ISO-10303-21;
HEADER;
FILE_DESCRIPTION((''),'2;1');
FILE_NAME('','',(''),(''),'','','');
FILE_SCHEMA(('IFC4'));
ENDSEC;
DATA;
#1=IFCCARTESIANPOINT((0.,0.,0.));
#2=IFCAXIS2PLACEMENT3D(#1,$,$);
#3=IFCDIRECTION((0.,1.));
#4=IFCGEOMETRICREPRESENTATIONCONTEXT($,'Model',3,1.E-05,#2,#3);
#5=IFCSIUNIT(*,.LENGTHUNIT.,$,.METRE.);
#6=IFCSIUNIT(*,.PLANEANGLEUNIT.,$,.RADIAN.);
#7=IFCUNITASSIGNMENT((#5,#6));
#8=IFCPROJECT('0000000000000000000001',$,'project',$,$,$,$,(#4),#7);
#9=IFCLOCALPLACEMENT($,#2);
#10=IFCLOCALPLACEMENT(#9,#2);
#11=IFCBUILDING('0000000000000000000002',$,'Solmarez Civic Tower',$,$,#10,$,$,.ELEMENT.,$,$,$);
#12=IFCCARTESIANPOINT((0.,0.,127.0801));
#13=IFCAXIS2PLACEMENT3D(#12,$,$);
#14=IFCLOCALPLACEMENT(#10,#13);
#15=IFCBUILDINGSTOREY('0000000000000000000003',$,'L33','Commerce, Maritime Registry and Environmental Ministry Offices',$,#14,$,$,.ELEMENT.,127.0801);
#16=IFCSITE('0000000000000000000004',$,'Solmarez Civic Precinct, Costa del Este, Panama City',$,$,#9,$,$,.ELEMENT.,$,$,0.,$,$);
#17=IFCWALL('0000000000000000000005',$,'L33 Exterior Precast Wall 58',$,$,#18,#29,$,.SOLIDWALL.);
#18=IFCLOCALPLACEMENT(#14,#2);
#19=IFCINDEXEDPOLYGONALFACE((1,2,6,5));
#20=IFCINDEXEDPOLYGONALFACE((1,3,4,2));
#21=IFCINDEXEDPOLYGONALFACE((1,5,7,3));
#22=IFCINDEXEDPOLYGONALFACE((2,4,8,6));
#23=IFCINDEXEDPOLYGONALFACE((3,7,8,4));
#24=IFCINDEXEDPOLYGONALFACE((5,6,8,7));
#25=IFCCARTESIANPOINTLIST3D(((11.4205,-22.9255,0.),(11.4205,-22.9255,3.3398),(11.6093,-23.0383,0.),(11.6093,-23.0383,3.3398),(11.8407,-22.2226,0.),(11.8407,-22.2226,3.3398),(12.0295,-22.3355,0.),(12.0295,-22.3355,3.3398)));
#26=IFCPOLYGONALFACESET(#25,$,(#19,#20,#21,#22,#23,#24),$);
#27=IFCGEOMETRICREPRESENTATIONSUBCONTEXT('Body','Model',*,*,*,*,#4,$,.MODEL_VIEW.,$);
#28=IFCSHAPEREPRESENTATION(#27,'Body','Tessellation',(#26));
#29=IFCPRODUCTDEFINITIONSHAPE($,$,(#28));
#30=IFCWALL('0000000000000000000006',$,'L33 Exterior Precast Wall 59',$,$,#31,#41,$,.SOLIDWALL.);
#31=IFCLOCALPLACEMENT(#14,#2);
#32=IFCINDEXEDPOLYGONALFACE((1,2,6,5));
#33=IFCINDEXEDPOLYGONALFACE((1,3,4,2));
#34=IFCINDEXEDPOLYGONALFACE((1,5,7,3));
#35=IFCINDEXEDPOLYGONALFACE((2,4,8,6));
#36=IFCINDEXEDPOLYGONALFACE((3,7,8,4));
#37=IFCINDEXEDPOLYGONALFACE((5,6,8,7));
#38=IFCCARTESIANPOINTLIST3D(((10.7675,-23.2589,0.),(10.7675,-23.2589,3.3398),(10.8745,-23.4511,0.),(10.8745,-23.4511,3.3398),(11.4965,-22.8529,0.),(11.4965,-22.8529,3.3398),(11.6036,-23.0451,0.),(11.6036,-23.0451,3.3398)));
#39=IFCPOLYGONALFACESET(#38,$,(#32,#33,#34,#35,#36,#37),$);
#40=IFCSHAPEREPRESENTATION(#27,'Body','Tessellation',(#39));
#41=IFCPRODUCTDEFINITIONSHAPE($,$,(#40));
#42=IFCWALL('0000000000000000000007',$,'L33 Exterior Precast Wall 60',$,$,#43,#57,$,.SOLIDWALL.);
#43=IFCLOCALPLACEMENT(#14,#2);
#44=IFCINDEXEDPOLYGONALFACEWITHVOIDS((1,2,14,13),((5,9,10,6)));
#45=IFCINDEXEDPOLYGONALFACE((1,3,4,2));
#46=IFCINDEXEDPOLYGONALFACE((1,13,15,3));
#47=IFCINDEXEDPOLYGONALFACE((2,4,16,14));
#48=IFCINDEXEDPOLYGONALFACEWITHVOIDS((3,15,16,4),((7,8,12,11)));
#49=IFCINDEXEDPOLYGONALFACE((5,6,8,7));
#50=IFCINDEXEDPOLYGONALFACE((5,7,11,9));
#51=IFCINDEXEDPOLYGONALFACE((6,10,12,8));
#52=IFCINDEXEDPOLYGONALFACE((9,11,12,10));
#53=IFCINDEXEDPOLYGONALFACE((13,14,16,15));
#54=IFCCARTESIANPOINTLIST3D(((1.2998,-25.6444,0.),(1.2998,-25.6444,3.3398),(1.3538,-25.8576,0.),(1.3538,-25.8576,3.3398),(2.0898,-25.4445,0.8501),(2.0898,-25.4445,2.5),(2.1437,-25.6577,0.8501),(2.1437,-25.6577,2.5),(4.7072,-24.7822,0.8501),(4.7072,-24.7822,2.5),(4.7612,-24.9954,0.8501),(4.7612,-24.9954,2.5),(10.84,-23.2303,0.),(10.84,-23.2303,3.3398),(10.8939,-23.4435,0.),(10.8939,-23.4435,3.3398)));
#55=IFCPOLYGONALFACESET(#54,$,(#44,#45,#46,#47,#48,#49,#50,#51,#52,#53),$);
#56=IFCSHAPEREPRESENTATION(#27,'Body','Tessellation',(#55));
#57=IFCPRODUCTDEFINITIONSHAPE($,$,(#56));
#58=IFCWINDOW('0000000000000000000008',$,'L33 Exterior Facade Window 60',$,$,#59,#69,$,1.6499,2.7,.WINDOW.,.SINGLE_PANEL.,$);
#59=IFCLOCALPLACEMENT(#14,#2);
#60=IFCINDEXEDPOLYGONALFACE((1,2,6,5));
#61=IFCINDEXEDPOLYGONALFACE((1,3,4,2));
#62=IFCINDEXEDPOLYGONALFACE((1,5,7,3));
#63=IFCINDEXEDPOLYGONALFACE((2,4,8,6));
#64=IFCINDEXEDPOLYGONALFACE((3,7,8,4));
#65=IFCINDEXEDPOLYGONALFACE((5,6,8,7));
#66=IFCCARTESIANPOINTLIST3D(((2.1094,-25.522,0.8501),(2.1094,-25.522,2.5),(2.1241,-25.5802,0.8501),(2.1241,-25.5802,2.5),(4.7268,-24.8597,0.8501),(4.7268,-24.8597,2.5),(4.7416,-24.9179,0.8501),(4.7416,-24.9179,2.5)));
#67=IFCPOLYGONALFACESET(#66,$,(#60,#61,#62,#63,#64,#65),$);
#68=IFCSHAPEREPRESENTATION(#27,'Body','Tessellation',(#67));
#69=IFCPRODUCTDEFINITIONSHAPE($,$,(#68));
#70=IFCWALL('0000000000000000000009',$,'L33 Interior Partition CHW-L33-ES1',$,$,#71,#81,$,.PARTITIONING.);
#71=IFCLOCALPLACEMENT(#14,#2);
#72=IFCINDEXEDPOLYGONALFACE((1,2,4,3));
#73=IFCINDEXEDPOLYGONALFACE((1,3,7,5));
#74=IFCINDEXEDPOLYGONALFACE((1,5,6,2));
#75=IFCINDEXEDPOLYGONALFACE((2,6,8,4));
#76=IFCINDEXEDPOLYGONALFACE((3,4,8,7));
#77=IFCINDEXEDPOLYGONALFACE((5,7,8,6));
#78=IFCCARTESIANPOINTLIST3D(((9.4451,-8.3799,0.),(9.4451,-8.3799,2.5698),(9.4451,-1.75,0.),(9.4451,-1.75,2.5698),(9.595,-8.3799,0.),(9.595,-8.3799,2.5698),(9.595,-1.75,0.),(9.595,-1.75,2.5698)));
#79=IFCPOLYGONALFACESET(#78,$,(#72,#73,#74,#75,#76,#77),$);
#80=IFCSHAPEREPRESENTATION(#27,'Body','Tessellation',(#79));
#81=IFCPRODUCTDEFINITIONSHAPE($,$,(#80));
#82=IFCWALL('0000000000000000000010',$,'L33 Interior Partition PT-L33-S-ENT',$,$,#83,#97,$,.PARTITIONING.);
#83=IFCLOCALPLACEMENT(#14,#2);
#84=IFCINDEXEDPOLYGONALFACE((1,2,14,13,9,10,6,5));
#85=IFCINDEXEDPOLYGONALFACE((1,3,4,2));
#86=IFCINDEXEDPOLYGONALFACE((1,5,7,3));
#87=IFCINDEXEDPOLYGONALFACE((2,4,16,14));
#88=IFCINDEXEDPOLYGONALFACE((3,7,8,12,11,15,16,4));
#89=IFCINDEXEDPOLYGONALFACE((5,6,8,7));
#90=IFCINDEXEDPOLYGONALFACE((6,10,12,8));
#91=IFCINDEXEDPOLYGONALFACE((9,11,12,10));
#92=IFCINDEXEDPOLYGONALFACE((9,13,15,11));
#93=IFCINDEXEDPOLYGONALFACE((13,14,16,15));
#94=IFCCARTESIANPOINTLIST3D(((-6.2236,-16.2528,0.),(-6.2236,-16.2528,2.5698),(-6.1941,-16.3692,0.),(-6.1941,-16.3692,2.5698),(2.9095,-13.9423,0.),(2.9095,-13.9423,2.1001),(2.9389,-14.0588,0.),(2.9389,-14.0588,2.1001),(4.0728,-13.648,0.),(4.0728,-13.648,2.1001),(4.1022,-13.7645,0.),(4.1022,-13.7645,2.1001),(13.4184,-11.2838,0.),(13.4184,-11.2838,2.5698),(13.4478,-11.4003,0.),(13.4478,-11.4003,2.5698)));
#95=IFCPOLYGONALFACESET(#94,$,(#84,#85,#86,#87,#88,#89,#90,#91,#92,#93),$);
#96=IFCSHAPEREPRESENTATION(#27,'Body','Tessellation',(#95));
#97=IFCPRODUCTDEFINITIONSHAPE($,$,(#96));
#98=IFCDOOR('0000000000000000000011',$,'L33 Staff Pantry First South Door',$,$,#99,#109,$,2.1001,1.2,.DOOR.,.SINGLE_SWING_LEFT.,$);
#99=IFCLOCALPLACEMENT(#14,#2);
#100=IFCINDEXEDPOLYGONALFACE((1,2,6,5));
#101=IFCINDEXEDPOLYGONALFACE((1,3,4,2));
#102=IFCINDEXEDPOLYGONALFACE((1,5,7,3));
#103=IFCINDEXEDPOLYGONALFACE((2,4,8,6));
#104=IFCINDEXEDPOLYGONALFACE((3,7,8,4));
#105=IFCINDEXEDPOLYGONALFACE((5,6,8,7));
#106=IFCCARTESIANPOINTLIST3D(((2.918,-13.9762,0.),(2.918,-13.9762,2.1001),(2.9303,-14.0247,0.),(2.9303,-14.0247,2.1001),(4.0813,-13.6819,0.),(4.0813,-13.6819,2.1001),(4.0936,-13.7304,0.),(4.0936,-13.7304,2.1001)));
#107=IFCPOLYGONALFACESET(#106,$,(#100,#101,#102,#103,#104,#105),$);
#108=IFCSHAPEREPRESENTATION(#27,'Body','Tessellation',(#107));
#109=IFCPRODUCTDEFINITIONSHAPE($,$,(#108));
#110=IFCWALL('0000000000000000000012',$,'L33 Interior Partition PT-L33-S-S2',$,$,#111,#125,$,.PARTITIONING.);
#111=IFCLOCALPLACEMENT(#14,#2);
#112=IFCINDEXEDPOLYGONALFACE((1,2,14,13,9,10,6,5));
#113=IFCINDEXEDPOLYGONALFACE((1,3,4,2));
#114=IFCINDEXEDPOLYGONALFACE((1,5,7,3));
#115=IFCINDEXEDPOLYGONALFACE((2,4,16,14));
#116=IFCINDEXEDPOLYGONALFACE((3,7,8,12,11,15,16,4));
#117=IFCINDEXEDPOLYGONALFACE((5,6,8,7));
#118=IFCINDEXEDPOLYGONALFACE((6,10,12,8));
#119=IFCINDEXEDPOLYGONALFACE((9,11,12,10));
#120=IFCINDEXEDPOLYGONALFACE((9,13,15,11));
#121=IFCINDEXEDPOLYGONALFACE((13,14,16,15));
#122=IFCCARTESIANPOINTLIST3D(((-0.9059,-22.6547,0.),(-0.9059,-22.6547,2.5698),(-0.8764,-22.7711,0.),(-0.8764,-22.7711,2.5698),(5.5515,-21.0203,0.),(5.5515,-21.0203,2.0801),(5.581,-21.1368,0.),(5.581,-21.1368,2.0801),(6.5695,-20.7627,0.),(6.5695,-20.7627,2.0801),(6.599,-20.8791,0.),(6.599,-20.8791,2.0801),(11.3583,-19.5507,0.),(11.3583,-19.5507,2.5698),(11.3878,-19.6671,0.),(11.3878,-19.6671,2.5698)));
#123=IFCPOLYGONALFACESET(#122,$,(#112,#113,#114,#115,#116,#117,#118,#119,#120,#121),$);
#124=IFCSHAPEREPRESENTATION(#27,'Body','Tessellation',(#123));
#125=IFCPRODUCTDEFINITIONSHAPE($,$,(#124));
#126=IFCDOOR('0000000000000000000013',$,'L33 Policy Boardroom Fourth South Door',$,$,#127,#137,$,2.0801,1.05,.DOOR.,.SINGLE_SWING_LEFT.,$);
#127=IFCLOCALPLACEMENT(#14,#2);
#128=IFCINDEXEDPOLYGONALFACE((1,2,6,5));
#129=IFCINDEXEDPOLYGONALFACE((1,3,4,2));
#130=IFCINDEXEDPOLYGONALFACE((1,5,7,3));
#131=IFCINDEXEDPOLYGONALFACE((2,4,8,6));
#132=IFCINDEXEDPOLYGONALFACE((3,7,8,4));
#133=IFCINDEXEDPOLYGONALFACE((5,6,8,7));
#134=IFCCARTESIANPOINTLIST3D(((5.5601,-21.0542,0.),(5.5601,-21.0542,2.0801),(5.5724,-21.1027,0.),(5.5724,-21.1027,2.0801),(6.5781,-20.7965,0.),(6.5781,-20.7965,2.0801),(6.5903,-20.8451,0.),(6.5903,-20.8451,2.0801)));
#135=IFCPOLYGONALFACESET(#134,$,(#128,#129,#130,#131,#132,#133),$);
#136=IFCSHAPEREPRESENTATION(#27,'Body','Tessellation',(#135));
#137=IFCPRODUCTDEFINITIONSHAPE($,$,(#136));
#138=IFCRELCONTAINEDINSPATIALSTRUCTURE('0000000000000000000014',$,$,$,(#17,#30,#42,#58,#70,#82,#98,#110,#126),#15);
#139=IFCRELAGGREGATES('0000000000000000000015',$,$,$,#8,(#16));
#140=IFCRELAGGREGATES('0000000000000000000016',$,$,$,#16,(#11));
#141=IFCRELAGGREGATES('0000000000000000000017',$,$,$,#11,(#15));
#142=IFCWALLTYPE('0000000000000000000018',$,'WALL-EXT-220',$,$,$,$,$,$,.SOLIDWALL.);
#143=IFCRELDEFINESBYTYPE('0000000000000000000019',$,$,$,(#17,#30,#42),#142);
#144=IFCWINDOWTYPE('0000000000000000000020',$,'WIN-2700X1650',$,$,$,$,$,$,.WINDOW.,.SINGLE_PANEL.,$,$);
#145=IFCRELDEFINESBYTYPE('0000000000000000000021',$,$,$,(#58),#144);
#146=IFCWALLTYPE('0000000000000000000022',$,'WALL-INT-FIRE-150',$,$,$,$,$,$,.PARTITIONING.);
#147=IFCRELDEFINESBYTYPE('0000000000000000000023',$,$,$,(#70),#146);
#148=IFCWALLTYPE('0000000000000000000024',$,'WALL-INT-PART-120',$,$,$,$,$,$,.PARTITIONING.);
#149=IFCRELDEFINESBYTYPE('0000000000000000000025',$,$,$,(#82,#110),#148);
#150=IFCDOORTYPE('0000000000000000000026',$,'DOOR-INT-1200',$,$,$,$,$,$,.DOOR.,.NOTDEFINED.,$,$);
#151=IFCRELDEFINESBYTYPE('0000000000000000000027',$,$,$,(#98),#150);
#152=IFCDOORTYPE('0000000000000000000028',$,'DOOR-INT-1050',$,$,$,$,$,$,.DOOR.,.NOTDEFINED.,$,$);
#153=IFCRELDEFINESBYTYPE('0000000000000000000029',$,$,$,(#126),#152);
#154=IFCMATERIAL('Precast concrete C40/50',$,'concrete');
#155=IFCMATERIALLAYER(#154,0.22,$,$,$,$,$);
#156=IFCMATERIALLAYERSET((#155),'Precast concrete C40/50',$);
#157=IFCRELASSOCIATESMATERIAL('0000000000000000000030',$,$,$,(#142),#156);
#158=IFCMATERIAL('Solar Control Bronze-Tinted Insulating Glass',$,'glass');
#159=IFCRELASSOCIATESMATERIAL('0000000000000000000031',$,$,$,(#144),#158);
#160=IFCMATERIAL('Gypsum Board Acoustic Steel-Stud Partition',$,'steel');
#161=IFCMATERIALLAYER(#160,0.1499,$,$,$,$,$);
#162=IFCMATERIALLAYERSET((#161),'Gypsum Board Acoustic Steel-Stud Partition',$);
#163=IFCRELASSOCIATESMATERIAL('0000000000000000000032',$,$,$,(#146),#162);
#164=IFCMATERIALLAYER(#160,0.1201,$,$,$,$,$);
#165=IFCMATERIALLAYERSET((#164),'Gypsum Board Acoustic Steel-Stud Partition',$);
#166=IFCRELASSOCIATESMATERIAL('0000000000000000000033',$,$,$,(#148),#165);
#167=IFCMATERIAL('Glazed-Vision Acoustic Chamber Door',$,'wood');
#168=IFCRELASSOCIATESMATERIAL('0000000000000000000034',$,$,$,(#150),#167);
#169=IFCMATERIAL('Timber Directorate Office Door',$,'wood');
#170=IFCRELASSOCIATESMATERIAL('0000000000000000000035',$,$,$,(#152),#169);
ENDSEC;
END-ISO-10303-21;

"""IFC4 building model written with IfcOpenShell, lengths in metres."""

from ifc_helpers import new_model, si_unit, direction, frame, frame_2d, origin, place, context, subcontext, project, spatial, rectangle, extrude, material, layer, layer_set, type_object, element, fill, save


model = new_model("IFC4")

# Units and contexts
model_context = context("Model", 3, precision=1e-05, world=origin(), true_north=direction((0.0, 1.0)))
body_context = subcontext(model_context, "Body", "Model", "MODEL_VIEW")
ifc_project = project(units=[si_unit("LENGTHUNIT", "METRE"), si_unit("PLANEANGLEUNIT", "RADIAN")], contexts=[model_context])

# Site, building, storey
site_placement = place(None, origin())
site = spatial("IfcSite", under=ifc_project, at=site_placement, Name="Solmarez Civic Precinct, Costa del Este, Panama City", CompositionType="ELEMENT", RefElevation=0.0)
building_placement = place(site_placement, origin())
building = spatial("IfcBuilding", under=site, at=building_placement, Name="Solmarez Civic Tower", CompositionType="ELEMENT")
storey_placement = place(building_placement, frame((0.0, 0.0, 127.0801)))
storey = spatial("IfcBuildingStorey", under=building, at=storey_placement, Name="L33", Description="Commerce, Maritime Registry and Environmental Ministry Offices", CompositionType="ELEMENT", Elevation=127.0801)

# Shared definitions
ifc_material_1 = material(Name="Precast concrete C40/50", Category="concrete")
ifc_layer_1 = layer(ifc_material_1, 0.22)
ifc_layer_set_1 = layer_set([ifc_layer_1], Name="Precast concrete C40/50")
wall_type_1 = type_object("IfcWallType", Name="WALL-EXT-220", PredefinedType="SOLIDWALL", material=ifc_layer_set_1)

# Shared definitions
ifc_material_2 = material(Name="Solar Control Bronze-Tinted Insulating Glass", Category="glass")

# Walls
wall_1_placement = place(storey_placement, frame((11.9351, -22.2791, 0.0), z_axis=(0.0, 0.0, 1.0), x_axis=(-0.513092, -0.858334, 0.0)))
element("IfcWall", 1, at=wall_1_placement, inside=storey, type_object=wall_type_1, Name="L33 Exterior Precast Wall 58", PredefinedType="SOLIDWALL", context=body_context, shape_type="SweptSolid", body=[
    extrude(rectangle(XDim=0.8188, YDim=0.22, at=frame_2d((0.4094, 0.0))), origin(), (0.0, 0.0, 1.0), 3.3398),
])
wall_2_placement = place(storey_placement, frame((11.55, -22.949, 0.0), z_axis=(0.0, 0.0, 1.0), x_axis=(-0.873646, -0.486562, 0.0)))
element("IfcWall", 2, at=wall_2_placement, inside=storey, type_object=wall_type_1, Name="L33 Exterior Precast Wall 59", PredefinedType="SOLIDWALL", context=body_context, shape_type="SweptSolid", body=[
    extrude(rectangle(XDim=0.8345, YDim=0.22, at=frame_2d((0.4172, 0.0))), origin(), (0.0, 0.0, 1.0), 3.3398),
])

# Wall, opening, window
wall_3_placement = place(storey_placement, frame((10.8669, -23.3369, 0.0), z_axis=(0.0, 0.0, 1.0), x_axis=(-0.969444, -0.245313, 0.0)))
wall_3 = element("IfcWall", 3, at=wall_3_placement, inside=storey, type_object=wall_type_1, Name="L33 Exterior Precast Wall 60", PredefinedType="SOLIDWALL", context=body_context, shape_type="SweptSolid", body=[
    extrude(rectangle(XDim=9.8408, YDim=0.22, at=frame_2d((4.9204, 0.0))), origin(), (0.0, 0.0, 1.0), 3.3398),
])
opening_1_placement = place(wall_3_placement, frame((6.3259, 0.0, 0.8501)))
opening_1 = element("IfcOpeningElement", 4, at=opening_1_placement, cuts=wall_3, PredefinedType="OPENING", context=body_context, shape_type="SweptSolid", body=[
    extrude(rectangle(XDim=2.7, YDim=1.6499, at=frame_2d((1.3501, 0.825))), frame((0.0, 0.1199, 0.0), z_axis=(0.0, -1.0, 0.0), x_axis=(1.0, 0.0, 0.0)), (0.0, 0.0, 1.0), 0.24),
])
window_type_1 = type_object("IfcWindowType", Name="WIN-2700X1650", PartitioningType="SINGLE_PANEL", PredefinedType="WINDOW", material=ifc_material_2)
window_1_placement = place(opening_1_placement, origin())
window_1 = element("IfcWindow", 5, at=window_1_placement, inside=storey, type_object=window_type_1, Name="L33 Exterior Facade Window 60", OverallHeight=1.6499, OverallWidth=2.7, PartitioningType="SINGLE_PANEL", PredefinedType="WINDOW", context=body_context, shape_type="SweptSolid", body=[
    extrude(rectangle(XDim=2.7, YDim=1.6499, at=frame_2d((1.3501, 0.825))), frame((0.0, 0.03, 0.0), z_axis=(0.0, -1.0, 0.0), x_axis=(1.0, 0.0, 0.0)), (0.0, 0.0, 1.0), 0.0601),
])
fill(opening_1, window_1)

# Wall
ifc_material_3 = material(Name="Gypsum Board Acoustic Steel-Stud Partition", Category="steel")
ifc_layer_2 = layer(ifc_material_3, 0.1499)
ifc_layer_set_2 = layer_set([ifc_layer_2], Name="Gypsum Board Acoustic Steel-Stud Partition")
wall_type_2 = type_object("IfcWallType", Name="WALL-INT-FIRE-150", PredefinedType="PARTITIONING", material=ifc_layer_set_2)
wall_4_placement = place(storey_placement, frame((9.52, -8.3799, 0.0), z_axis=(0.0, 0.0, 1.0), x_axis=(0.0, 1.0, 0.0)))
element("IfcWall", 6, at=wall_4_placement, inside=storey, type_object=wall_type_2, Name="L33 Interior Partition CHW-L33-ES1", PredefinedType="PARTITIONING", context=body_context, shape_type="SweptSolid", body=[
    extrude(rectangle(XDim=6.6299, YDim=0.1499, at=frame_2d((3.3149, 0.0))), origin(), (0.0, 0.0, 1.0), 2.5698),
])

# Walls, openings, doors
ifc_layer_3 = layer(ifc_material_3, 0.1201)
ifc_layer_set_3 = layer_set([ifc_layer_3], Name="Gypsum Board Acoustic Steel-Stud Partition")
wall_type_3 = type_object("IfcWallType", Name="WALL-INT-PART-120", PredefinedType="PARTITIONING", material=ifc_layer_set_3)
wall_5_placement = place(storey_placement, frame((13.4331, -11.342, 0.0), z_axis=(0.0, 0.0, 1.0), x_axis=(-0.96946, -0.245251, 0.0)))
wall_5 = element("IfcWall", 7, at=wall_5_placement, inside=storey, type_object=wall_type_3, Name="L33 Interior Partition PT-L33-S-ENT", PredefinedType="PARTITIONING", context=body_context, shape_type="SweptSolid", body=[
    extrude(rectangle(XDim=20.2607, YDim=0.1201, at=frame_2d((10.1304, 0.0))), origin(), (0.0, 0.0, 1.0), 2.5698),
])
opening_2_placement = place(wall_5_placement, frame((9.6399, 0.0, 0.0)))
opening_2 = element("IfcOpeningElement", 8, at=opening_2_placement, cuts=wall_5, PredefinedType="OPENING", context=body_context, shape_type="SweptSolid", body=[
    extrude(rectangle(XDim=1.2, YDim=2.1001, at=frame_2d((0.6001, 1.05))), frame((0.0, 0.0701, 0.0), z_axis=(0.0, -1.0, 0.0), x_axis=(1.0, 0.0, 0.0)), (0.0, 0.0, 1.0), 0.1401),
])
ifc_material_4 = material(Name="Glazed-Vision Acoustic Chamber Door", Category="wood")
door_type_1 = type_object("IfcDoorType", Name="DOOR-INT-1200", OperationType="NOTDEFINED", PredefinedType="DOOR", material=ifc_material_4)
door_1_placement = place(opening_2_placement, origin())
door_1 = element("IfcDoor", 9, at=door_1_placement, inside=storey, type_object=door_type_1, Name="L33 Staff Pantry First South Door", OperationType="SINGLE_SWING_LEFT", OverallHeight=2.1001, OverallWidth=1.2, PredefinedType="DOOR", context=body_context, shape_type="SweptSolid", body=[
    extrude(rectangle(XDim=1.2, YDim=2.1001, at=frame_2d((0.6001, 1.05))), frame((0.0, 0.0249, 0.0), z_axis=(0.0, -1.0, 0.0), x_axis=(1.0, 0.0, 0.0)), (0.0, 0.0, 1.0), 0.05),
])
fill(opening_2, door_1)
wall_6_placement = place(storey_placement, frame((11.373, -19.6089, 0.0), z_axis=(0.0, 0.0, 1.0), x_axis=(-0.969432, -0.245359, 0.0)))
wall_6 = element("IfcWall", 10, at=wall_6_placement, inside=storey, type_object=wall_type_3, Name="L33 Interior Partition PT-L33-S-S2", PredefinedType="PARTITIONING", context=body_context, shape_type="SweptSolid", body=[
    extrude(rectangle(XDim=12.6509, YDim=0.1201, at=frame_2d((6.3254, 0.0))), origin(), (0.0, 0.0, 1.0), 2.5698),
])
opening_3_placement = place(wall_6_placement, frame((4.9399, 0.0, 0.0)))
opening_3 = element("IfcOpeningElement", 11, at=opening_3_placement, cuts=wall_6, PredefinedType="OPENING", context=body_context, shape_type="SweptSolid", body=[
    extrude(rectangle(XDim=1.05, YDim=2.0801, at=frame_2d((0.5249, 1.04))), frame((0.0, 0.0701, 0.0), z_axis=(0.0, -1.0, 0.0), x_axis=(1.0, 0.0, 0.0)), (0.0, 0.0, 1.0), 0.1401),
])
ifc_material_5 = material(Name="Timber Directorate Office Door", Category="wood")
door_type_2 = type_object("IfcDoorType", Name="DOOR-INT-1050", OperationType="NOTDEFINED", PredefinedType="DOOR", material=ifc_material_5)
door_2_placement = place(opening_3_placement, origin())
door_2 = element("IfcDoor", 12, at=door_2_placement, inside=storey, type_object=door_type_2, Name="L33 Policy Boardroom Fourth South Door", OperationType="SINGLE_SWING_LEFT", OverallHeight=2.0801, OverallWidth=1.05, PredefinedType="DOOR", context=body_context, shape_type="SweptSolid", body=[
    extrude(rectangle(XDim=1.05, YDim=2.0801, at=frame_2d((0.5249, 1.04))), frame((0.0, 0.0249, 0.0), z_axis=(0.0, -1.0, 0.0), x_axis=(1.0, 0.0, 0.0)), (0.0, 0.0, 1.0), 0.05),
])
fill(opening_3, door_2)

save(model, "model.ifc")
